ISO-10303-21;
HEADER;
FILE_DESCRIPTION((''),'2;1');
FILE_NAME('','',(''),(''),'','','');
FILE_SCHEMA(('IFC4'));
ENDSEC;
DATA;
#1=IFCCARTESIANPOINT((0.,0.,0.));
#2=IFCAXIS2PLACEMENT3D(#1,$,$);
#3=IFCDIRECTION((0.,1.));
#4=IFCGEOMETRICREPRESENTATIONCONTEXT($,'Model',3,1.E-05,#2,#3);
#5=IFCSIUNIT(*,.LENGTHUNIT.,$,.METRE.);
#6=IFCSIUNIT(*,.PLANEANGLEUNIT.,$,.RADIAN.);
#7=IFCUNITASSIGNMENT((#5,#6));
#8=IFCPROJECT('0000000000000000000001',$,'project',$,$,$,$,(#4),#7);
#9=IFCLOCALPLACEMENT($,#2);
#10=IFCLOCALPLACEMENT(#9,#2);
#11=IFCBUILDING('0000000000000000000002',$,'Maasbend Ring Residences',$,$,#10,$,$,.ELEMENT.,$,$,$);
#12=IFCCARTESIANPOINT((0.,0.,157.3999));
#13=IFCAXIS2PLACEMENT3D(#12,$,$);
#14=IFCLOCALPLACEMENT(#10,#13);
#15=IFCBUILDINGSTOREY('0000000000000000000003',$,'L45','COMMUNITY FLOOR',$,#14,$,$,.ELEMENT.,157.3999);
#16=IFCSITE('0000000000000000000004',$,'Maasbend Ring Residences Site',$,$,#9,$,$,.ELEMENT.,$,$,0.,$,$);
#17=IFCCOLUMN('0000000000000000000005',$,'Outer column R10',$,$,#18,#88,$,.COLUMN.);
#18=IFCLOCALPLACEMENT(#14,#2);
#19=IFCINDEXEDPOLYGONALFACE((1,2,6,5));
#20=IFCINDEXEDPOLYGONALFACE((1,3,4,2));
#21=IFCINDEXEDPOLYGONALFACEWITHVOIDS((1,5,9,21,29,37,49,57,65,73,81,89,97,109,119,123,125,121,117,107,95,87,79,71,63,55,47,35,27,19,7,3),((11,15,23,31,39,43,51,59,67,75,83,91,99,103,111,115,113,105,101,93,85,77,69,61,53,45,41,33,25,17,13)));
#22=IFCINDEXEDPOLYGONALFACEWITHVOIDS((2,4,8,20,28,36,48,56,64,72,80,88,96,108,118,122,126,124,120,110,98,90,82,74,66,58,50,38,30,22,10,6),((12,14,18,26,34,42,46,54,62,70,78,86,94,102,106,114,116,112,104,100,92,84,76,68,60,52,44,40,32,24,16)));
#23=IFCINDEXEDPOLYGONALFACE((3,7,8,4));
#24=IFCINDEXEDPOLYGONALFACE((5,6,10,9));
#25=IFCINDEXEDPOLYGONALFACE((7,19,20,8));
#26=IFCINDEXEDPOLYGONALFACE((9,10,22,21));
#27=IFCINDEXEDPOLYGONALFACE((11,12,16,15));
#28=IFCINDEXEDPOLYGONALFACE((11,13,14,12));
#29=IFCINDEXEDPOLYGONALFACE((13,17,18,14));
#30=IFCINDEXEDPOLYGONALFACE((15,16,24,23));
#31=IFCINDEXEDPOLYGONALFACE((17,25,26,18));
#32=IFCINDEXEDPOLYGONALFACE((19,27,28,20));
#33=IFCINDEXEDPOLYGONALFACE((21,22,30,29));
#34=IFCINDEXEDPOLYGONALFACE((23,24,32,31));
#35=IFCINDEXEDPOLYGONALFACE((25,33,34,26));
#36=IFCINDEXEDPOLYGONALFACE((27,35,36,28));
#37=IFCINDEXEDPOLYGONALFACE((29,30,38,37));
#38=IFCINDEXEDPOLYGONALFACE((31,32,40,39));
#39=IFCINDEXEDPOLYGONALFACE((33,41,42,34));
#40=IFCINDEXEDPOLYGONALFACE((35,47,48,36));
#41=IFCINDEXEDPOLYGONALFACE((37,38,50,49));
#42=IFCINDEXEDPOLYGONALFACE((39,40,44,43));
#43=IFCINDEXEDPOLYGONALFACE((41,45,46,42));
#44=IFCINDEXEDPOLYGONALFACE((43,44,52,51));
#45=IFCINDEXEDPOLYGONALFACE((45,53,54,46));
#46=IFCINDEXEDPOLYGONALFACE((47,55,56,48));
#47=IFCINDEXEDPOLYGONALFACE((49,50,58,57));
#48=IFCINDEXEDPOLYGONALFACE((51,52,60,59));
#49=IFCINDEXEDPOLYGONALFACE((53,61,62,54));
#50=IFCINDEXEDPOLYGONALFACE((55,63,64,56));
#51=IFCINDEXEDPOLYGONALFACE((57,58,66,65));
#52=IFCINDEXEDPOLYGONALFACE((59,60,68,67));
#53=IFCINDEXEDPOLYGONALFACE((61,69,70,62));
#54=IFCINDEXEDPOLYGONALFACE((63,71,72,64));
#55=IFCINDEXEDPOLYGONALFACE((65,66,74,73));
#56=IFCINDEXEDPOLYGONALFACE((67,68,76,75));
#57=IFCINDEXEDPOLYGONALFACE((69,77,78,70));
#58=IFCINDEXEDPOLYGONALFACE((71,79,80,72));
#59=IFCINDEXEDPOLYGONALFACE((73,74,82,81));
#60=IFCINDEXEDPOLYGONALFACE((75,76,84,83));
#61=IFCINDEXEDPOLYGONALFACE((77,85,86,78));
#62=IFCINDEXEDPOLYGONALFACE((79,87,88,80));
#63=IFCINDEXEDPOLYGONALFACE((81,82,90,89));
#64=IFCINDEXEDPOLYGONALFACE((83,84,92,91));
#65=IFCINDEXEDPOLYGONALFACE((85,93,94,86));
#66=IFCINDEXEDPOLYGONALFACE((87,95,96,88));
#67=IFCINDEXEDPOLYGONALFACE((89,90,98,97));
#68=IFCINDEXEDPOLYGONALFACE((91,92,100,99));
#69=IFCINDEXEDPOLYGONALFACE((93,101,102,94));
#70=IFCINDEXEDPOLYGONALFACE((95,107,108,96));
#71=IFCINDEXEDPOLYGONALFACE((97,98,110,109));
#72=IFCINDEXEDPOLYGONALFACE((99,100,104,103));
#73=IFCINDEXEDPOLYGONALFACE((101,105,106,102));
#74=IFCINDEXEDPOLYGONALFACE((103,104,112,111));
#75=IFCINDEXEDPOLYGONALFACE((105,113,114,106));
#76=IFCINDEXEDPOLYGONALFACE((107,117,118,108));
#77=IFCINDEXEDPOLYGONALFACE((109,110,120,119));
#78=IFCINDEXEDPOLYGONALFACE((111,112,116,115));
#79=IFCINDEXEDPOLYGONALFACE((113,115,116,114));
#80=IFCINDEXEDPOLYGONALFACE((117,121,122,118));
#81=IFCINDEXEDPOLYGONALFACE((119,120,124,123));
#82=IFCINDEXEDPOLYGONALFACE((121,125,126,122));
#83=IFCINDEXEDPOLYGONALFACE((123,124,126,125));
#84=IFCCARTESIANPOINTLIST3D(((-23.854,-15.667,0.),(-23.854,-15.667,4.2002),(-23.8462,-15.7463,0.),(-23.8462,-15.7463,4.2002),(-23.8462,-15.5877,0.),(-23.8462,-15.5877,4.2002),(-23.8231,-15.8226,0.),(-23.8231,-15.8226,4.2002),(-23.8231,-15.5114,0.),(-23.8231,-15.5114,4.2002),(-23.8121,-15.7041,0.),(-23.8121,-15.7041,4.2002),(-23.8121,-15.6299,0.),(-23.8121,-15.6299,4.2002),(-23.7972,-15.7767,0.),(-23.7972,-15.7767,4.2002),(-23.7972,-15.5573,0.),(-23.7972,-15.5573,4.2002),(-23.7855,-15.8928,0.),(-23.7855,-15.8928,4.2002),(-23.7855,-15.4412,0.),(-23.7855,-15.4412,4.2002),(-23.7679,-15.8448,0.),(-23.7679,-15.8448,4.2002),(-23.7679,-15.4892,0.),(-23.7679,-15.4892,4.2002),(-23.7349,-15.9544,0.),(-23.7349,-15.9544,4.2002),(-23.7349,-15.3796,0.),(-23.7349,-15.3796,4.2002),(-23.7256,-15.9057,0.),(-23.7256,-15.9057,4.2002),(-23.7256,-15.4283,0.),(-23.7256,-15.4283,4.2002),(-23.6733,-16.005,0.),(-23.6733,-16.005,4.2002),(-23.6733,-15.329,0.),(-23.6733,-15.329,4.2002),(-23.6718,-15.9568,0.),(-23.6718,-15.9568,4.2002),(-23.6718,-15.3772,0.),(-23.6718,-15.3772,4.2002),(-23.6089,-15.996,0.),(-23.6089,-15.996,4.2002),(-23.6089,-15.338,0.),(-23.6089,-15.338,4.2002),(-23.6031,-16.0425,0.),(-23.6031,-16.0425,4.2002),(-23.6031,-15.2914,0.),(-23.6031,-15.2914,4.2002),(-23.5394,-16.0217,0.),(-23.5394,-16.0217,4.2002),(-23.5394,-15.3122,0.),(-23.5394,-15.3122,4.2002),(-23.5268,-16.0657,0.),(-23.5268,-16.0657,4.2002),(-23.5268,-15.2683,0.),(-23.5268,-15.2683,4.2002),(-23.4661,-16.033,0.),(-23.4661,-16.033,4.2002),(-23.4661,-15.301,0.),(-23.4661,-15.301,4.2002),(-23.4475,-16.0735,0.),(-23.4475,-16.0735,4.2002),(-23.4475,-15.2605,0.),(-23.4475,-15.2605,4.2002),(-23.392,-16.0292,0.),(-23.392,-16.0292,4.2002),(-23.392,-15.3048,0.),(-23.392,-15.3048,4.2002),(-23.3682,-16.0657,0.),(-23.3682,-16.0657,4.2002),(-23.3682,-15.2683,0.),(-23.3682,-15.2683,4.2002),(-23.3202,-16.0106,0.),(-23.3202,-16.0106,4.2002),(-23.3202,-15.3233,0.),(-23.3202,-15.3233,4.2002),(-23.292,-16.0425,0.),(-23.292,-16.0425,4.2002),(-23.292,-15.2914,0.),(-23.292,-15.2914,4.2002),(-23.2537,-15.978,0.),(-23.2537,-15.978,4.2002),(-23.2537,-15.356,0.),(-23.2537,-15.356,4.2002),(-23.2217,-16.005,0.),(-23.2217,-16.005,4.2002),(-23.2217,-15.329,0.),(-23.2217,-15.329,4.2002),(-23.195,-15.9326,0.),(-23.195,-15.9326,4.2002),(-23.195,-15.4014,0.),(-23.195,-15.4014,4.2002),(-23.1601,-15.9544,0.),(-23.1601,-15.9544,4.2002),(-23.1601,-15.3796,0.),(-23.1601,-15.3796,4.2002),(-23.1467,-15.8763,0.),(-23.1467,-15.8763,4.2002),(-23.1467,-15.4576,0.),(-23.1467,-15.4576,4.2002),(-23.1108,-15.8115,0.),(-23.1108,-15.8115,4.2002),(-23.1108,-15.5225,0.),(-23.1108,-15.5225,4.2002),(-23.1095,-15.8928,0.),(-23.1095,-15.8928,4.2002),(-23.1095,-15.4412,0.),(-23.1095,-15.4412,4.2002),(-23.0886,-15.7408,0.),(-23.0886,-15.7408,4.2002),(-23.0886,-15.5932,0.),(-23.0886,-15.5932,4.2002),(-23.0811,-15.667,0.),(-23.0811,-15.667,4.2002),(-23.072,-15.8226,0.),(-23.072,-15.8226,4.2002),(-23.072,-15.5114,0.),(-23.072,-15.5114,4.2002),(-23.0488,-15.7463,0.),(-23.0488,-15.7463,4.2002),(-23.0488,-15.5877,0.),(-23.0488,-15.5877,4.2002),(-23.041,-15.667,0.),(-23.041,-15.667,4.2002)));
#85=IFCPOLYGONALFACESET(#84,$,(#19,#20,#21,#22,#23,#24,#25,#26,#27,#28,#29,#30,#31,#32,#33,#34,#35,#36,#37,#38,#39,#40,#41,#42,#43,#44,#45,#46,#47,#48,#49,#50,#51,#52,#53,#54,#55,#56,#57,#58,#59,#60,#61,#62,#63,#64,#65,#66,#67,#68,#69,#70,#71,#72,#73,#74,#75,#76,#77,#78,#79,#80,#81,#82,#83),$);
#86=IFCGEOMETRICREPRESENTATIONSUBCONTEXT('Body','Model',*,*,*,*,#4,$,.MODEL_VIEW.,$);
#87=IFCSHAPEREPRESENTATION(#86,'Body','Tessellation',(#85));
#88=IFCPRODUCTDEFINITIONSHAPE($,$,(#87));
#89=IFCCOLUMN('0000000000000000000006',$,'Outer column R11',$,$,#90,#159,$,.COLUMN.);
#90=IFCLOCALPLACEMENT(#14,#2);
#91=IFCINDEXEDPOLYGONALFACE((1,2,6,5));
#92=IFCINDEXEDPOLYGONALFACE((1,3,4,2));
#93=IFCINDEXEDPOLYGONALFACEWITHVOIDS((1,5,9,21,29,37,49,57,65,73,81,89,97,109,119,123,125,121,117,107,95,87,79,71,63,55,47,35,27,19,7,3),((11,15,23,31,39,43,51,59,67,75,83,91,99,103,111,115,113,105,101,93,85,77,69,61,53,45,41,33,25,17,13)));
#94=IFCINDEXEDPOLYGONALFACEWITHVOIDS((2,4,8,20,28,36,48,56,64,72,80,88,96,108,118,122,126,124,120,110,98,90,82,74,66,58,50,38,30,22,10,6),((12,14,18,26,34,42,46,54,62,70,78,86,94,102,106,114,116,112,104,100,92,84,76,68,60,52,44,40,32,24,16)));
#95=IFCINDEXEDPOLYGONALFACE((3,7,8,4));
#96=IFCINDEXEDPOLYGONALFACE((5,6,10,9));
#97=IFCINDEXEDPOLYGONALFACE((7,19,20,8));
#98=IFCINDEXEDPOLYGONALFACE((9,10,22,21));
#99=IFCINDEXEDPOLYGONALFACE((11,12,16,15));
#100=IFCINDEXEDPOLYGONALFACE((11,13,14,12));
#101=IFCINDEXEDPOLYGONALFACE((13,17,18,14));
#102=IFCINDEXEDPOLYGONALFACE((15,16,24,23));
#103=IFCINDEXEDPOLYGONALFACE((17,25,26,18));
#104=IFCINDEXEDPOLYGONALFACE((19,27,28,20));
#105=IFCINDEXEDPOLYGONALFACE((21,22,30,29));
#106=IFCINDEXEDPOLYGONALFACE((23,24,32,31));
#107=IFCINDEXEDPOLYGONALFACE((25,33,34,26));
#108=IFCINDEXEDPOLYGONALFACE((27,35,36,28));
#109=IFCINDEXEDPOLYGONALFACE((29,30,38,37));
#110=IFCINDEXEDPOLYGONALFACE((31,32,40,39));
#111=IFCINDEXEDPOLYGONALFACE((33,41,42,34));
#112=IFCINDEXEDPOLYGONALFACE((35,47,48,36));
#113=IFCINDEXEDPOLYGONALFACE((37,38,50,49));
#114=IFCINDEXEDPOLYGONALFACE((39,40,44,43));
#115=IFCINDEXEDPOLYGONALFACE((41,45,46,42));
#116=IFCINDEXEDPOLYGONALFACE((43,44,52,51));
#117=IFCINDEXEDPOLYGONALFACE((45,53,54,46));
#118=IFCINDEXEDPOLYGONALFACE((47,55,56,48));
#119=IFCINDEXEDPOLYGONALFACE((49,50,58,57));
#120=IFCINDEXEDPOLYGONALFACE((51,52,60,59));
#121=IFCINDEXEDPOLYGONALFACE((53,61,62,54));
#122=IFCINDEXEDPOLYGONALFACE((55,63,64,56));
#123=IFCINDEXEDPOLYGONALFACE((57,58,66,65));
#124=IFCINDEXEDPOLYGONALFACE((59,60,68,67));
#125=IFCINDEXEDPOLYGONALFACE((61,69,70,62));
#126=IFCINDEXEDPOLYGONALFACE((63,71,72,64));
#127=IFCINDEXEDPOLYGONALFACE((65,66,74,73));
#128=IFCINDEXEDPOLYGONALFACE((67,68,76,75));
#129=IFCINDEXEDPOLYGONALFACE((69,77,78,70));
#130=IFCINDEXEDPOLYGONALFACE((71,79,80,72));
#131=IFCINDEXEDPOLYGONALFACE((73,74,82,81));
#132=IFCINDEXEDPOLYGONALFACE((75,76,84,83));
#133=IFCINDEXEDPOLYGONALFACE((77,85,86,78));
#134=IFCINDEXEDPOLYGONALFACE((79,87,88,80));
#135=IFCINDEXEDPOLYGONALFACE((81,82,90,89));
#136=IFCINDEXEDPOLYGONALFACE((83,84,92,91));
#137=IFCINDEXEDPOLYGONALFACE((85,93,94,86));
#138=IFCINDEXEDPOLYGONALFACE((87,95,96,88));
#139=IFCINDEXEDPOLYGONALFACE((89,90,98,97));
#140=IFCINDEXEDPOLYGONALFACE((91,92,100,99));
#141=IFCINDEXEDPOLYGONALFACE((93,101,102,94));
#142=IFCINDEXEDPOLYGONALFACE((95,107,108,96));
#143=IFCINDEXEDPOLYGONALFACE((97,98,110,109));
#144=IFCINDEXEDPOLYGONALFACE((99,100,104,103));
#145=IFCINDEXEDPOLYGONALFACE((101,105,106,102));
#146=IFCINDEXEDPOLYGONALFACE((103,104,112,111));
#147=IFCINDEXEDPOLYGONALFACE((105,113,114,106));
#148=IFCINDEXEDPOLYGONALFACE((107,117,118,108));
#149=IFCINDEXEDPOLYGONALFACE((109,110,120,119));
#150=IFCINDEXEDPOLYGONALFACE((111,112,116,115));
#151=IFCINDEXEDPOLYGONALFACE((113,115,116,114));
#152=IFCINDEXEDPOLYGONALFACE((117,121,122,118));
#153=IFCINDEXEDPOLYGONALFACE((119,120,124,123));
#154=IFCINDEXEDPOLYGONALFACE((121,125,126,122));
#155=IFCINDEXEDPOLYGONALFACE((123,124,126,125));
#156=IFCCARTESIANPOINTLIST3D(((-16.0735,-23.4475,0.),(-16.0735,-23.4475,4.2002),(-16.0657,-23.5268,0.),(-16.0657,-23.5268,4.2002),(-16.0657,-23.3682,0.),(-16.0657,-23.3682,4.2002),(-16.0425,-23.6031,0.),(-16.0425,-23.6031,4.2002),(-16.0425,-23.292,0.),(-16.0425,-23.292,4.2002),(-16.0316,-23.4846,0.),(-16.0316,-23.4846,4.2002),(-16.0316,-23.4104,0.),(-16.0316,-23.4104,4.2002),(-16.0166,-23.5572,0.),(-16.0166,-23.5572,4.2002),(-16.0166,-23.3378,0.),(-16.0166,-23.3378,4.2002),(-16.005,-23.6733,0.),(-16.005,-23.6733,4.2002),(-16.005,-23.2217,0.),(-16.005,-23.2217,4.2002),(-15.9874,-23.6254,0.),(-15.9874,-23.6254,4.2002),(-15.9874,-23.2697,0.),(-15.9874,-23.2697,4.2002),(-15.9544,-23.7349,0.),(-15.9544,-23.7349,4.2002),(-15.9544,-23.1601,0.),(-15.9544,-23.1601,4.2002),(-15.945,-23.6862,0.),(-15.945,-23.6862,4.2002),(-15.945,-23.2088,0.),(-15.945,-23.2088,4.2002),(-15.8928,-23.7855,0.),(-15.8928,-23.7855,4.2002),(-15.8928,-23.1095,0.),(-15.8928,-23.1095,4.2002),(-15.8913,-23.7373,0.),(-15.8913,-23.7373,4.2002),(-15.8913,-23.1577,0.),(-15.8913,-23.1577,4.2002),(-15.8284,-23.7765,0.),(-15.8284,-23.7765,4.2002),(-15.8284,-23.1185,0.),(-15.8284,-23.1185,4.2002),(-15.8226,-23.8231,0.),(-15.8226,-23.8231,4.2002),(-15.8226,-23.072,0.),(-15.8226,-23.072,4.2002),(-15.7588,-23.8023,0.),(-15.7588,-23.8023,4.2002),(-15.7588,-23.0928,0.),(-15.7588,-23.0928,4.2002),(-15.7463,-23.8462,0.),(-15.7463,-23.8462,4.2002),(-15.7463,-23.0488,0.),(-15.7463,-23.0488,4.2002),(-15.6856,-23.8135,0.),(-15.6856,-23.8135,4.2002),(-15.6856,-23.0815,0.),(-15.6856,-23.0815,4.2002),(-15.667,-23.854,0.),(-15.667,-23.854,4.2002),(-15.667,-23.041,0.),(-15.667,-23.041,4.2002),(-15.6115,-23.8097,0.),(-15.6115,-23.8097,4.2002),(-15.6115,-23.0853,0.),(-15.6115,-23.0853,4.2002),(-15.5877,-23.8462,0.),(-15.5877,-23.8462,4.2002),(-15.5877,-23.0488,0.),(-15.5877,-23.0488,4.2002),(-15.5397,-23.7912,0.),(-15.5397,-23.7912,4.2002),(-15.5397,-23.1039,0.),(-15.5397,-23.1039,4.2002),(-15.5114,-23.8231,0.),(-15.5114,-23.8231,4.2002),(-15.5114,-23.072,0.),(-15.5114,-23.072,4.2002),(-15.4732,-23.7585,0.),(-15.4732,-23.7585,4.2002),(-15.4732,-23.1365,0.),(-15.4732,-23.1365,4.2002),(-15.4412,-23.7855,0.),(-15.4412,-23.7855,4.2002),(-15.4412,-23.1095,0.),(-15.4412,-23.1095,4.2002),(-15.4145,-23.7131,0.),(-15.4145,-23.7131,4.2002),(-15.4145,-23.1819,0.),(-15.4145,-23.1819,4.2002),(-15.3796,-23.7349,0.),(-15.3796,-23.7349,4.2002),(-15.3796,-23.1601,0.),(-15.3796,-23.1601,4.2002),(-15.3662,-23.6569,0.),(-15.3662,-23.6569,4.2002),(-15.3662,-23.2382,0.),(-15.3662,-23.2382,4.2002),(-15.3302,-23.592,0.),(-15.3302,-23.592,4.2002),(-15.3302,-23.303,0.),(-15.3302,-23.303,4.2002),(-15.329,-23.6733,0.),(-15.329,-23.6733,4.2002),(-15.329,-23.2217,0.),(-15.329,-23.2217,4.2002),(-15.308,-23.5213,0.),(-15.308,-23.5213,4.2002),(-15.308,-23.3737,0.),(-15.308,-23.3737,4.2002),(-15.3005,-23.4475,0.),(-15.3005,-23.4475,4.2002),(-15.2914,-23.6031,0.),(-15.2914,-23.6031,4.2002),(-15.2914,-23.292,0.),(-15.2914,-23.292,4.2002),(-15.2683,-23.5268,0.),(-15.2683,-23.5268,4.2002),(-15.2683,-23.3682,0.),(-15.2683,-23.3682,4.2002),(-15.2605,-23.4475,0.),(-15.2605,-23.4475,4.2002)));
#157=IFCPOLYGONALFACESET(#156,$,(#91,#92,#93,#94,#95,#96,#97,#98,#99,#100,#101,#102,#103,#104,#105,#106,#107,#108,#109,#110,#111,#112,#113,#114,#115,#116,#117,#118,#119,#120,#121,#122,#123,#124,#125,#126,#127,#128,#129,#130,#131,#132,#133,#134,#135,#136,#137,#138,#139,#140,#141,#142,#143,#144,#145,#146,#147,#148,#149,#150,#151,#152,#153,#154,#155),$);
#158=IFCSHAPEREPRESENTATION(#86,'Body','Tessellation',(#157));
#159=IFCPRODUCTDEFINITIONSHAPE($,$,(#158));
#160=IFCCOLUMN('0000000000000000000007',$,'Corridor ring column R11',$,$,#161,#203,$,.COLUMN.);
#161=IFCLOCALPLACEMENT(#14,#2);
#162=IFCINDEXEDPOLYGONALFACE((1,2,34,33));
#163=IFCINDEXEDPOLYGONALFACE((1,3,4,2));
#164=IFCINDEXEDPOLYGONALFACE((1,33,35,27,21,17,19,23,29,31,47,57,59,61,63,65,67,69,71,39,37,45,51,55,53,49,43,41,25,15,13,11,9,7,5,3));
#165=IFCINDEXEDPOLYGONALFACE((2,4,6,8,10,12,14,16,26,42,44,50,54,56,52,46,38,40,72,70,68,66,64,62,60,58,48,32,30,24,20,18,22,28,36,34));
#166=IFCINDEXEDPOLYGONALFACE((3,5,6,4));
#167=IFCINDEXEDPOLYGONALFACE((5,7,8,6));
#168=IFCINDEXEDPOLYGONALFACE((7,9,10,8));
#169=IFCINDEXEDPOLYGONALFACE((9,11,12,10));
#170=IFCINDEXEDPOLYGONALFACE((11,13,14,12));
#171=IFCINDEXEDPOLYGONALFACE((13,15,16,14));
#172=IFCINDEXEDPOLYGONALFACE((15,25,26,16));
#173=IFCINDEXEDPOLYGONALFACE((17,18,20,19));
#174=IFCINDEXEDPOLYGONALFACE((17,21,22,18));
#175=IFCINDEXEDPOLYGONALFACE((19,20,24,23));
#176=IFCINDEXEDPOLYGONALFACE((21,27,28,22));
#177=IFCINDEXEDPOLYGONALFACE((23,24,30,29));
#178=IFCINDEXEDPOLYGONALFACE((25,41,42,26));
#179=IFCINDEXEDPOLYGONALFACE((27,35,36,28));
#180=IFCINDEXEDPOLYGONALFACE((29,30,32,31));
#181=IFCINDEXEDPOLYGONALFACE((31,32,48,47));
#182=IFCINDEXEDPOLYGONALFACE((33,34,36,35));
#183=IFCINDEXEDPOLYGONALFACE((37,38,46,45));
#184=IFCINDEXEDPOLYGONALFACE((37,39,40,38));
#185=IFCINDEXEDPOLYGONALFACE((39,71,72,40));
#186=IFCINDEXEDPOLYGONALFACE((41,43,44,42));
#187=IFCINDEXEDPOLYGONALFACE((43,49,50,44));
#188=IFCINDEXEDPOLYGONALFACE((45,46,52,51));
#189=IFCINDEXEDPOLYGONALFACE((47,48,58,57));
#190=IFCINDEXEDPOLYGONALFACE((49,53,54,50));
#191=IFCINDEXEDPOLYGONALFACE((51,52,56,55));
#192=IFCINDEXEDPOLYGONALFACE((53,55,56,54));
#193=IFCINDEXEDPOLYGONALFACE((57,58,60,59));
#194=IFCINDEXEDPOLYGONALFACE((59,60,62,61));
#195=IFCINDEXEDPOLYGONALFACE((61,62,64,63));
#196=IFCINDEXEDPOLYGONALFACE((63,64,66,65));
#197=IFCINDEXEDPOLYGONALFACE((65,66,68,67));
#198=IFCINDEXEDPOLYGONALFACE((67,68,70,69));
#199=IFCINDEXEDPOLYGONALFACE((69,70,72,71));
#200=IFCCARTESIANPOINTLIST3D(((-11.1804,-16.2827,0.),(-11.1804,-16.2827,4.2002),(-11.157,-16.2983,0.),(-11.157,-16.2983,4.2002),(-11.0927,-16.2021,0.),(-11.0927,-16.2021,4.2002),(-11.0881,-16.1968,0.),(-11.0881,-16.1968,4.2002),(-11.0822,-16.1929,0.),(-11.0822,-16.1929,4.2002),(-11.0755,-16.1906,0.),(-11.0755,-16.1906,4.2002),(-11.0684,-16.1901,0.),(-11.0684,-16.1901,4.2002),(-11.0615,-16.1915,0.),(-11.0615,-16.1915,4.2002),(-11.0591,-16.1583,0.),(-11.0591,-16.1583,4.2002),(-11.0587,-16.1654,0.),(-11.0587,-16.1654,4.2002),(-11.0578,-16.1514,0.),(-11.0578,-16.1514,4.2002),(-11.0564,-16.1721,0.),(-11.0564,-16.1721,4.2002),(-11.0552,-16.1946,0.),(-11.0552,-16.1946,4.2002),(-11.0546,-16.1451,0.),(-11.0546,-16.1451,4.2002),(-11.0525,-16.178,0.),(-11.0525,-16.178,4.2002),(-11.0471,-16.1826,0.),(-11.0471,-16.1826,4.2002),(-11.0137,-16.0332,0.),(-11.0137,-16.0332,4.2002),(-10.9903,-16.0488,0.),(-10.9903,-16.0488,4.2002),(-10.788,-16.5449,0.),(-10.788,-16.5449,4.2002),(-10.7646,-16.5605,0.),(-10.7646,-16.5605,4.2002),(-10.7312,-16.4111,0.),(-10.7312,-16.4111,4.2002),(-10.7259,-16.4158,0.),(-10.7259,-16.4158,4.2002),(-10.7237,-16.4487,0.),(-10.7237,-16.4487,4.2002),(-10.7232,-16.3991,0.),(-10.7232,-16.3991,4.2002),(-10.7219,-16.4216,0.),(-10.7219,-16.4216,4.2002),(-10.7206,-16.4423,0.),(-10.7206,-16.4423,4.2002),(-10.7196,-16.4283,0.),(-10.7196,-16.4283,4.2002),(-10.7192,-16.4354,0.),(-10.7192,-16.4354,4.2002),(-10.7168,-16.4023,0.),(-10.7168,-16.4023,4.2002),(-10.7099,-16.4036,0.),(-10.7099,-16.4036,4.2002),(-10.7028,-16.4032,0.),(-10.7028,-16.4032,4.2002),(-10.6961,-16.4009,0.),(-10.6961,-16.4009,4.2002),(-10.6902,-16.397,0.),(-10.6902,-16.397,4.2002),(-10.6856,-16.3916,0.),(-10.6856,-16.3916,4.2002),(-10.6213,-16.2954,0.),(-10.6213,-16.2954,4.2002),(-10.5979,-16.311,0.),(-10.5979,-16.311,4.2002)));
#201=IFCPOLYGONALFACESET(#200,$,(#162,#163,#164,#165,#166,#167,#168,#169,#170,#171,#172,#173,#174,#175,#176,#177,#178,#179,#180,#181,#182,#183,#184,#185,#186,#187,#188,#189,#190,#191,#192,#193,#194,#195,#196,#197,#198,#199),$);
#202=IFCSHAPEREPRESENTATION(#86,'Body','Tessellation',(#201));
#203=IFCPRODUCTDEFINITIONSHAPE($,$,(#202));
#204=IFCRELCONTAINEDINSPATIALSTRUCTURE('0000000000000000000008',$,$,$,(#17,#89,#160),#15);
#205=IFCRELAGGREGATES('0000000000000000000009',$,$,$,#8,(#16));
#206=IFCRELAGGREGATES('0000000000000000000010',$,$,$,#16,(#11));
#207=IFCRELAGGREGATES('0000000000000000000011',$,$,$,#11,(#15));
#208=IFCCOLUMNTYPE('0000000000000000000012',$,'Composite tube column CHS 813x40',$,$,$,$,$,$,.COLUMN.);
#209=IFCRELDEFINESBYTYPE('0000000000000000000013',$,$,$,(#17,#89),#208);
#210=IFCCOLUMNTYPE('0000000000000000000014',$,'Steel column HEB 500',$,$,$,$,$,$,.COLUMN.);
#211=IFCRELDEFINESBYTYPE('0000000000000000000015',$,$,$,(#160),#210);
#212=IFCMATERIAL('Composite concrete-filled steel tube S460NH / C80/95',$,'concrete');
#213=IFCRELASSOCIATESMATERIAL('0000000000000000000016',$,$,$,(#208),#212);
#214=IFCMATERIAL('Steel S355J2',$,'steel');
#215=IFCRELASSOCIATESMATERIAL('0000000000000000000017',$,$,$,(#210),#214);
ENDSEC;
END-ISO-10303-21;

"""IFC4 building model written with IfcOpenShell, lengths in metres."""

from ifc_helpers import new_model, si_unit, direction, frame, origin, origin_2d, place, context, subcontext, project, spatial, hollow_circle, i_section, extrude, material, material_profile, profile_set, type_object, element, save


model = new_model("IFC4")

# Units and contexts
model_context = context("Model", 3, precision=1e-05, world=origin(), true_north=direction((0.0, 1.0)))
body_context = subcontext(model_context, "Body", "Model", "MODEL_VIEW")
ifc_project = project(units=[si_unit("LENGTHUNIT", "METRE"), si_unit("PLANEANGLEUNIT", "RADIAN")], contexts=[model_context])

# Site, building, storey
site_placement = place(None, origin())
site = spatial("IfcSite", under=ifc_project, at=site_placement, Name="Maasbend Ring Residences Site", CompositionType="ELEMENT", RefElevation=0.0)
building_placement = place(site_placement, origin())
building = spatial("IfcBuilding", under=site, at=building_placement, Name="Maasbend Ring Residences", CompositionType="ELEMENT")
storey_placement = place(building_placement, frame((0.0, 0.0, 157.3999)))
storey = spatial("IfcBuildingStorey", under=building, at=storey_placement, Name="L45", Description="COMMUNITY FLOOR", CompositionType="ELEMENT", Elevation=157.3999)

# Columns
ifc_material_1 = material(Name="Composite concrete-filled steel tube S460NH / C80/95", Category="concrete")
ifc_material_profile_1 = material_profile(ifc_material_1, hollow_circle(Radius=0.4065, WallThickness=0.04, at=origin_2d()), Name="Composite tube column CHS 813x40")
ifc_profile_set_1 = profile_set([ifc_material_profile_1], Name="Composite concrete-filled steel tube S460NH / C80/95")
column_type_1 = type_object("IfcColumnType", Name="Composite tube column CHS 813x40", PredefinedType="COLUMN", material=ifc_profile_set_1)
for number, where, z_axis, x_axis, name in (
    (1, (-23.4475, -15.667, 0.0), (0.0, 0.0, 1.0), (1.0, 0.0, 0.0), "Outer column R10"),
    (2, (-15.667, -23.4475, 0.0), (0.0, 0.0, 1.0), (1.0, 0.0, 0.0), "Outer column R11"),
):
    element("IfcColumn", number, at=place(storey_placement, frame(where, z_axis=z_axis, x_axis=x_axis)), inside=storey, type_object=column_type_1, Name=name, PredefinedType="COLUMN", context=body_context, shape_type="SweptSolid", body=[
        extrude(hollow_circle(Radius=0.4065, WallThickness=0.04, at=origin_2d()), origin(), (0.0, 0.0, 1.0), 4.2002),
    ])
ifc_material_2 = material(Name="Steel S355J2", Category="steel")
ifc_material_profile_2 = material_profile(ifc_material_2, i_section(OverallWidth=0.3, OverallDepth=0.5, WebThickness=0.0144, FlangeThickness=0.0281, FilletRadius=0.0271, at=origin_2d()), Name="HEB 500")
ifc_profile_set_2 = profile_set([ifc_material_profile_2], Name="Steel S355J2")
column_type_2 = type_object("IfcColumnType", Name="Steel column HEB 500", PredefinedType="COLUMN", material=ifc_profile_set_2)
column_placement = place(storey_placement, frame((-10.8892, -16.2969, 0.0), z_axis=(0.0, 0.0, 1.0), x_axis=(-0.55557, -0.83147, 0.0)))
element("IfcColumn", 3, at=column_placement, inside=storey, type_object=column_type_2, Name="Corridor ring column R11", PredefinedType="COLUMN", context=body_context, shape_type="SweptSolid", body=[
    extrude(i_section(OverallWidth=0.3, OverallDepth=0.5, WebThickness=0.0144, FlangeThickness=0.0281, FilletRadius=0.0271, at=origin_2d()), origin(), (0.0, 0.0, 1.0), 4.2002),
])

save(model, "model.ifc")
